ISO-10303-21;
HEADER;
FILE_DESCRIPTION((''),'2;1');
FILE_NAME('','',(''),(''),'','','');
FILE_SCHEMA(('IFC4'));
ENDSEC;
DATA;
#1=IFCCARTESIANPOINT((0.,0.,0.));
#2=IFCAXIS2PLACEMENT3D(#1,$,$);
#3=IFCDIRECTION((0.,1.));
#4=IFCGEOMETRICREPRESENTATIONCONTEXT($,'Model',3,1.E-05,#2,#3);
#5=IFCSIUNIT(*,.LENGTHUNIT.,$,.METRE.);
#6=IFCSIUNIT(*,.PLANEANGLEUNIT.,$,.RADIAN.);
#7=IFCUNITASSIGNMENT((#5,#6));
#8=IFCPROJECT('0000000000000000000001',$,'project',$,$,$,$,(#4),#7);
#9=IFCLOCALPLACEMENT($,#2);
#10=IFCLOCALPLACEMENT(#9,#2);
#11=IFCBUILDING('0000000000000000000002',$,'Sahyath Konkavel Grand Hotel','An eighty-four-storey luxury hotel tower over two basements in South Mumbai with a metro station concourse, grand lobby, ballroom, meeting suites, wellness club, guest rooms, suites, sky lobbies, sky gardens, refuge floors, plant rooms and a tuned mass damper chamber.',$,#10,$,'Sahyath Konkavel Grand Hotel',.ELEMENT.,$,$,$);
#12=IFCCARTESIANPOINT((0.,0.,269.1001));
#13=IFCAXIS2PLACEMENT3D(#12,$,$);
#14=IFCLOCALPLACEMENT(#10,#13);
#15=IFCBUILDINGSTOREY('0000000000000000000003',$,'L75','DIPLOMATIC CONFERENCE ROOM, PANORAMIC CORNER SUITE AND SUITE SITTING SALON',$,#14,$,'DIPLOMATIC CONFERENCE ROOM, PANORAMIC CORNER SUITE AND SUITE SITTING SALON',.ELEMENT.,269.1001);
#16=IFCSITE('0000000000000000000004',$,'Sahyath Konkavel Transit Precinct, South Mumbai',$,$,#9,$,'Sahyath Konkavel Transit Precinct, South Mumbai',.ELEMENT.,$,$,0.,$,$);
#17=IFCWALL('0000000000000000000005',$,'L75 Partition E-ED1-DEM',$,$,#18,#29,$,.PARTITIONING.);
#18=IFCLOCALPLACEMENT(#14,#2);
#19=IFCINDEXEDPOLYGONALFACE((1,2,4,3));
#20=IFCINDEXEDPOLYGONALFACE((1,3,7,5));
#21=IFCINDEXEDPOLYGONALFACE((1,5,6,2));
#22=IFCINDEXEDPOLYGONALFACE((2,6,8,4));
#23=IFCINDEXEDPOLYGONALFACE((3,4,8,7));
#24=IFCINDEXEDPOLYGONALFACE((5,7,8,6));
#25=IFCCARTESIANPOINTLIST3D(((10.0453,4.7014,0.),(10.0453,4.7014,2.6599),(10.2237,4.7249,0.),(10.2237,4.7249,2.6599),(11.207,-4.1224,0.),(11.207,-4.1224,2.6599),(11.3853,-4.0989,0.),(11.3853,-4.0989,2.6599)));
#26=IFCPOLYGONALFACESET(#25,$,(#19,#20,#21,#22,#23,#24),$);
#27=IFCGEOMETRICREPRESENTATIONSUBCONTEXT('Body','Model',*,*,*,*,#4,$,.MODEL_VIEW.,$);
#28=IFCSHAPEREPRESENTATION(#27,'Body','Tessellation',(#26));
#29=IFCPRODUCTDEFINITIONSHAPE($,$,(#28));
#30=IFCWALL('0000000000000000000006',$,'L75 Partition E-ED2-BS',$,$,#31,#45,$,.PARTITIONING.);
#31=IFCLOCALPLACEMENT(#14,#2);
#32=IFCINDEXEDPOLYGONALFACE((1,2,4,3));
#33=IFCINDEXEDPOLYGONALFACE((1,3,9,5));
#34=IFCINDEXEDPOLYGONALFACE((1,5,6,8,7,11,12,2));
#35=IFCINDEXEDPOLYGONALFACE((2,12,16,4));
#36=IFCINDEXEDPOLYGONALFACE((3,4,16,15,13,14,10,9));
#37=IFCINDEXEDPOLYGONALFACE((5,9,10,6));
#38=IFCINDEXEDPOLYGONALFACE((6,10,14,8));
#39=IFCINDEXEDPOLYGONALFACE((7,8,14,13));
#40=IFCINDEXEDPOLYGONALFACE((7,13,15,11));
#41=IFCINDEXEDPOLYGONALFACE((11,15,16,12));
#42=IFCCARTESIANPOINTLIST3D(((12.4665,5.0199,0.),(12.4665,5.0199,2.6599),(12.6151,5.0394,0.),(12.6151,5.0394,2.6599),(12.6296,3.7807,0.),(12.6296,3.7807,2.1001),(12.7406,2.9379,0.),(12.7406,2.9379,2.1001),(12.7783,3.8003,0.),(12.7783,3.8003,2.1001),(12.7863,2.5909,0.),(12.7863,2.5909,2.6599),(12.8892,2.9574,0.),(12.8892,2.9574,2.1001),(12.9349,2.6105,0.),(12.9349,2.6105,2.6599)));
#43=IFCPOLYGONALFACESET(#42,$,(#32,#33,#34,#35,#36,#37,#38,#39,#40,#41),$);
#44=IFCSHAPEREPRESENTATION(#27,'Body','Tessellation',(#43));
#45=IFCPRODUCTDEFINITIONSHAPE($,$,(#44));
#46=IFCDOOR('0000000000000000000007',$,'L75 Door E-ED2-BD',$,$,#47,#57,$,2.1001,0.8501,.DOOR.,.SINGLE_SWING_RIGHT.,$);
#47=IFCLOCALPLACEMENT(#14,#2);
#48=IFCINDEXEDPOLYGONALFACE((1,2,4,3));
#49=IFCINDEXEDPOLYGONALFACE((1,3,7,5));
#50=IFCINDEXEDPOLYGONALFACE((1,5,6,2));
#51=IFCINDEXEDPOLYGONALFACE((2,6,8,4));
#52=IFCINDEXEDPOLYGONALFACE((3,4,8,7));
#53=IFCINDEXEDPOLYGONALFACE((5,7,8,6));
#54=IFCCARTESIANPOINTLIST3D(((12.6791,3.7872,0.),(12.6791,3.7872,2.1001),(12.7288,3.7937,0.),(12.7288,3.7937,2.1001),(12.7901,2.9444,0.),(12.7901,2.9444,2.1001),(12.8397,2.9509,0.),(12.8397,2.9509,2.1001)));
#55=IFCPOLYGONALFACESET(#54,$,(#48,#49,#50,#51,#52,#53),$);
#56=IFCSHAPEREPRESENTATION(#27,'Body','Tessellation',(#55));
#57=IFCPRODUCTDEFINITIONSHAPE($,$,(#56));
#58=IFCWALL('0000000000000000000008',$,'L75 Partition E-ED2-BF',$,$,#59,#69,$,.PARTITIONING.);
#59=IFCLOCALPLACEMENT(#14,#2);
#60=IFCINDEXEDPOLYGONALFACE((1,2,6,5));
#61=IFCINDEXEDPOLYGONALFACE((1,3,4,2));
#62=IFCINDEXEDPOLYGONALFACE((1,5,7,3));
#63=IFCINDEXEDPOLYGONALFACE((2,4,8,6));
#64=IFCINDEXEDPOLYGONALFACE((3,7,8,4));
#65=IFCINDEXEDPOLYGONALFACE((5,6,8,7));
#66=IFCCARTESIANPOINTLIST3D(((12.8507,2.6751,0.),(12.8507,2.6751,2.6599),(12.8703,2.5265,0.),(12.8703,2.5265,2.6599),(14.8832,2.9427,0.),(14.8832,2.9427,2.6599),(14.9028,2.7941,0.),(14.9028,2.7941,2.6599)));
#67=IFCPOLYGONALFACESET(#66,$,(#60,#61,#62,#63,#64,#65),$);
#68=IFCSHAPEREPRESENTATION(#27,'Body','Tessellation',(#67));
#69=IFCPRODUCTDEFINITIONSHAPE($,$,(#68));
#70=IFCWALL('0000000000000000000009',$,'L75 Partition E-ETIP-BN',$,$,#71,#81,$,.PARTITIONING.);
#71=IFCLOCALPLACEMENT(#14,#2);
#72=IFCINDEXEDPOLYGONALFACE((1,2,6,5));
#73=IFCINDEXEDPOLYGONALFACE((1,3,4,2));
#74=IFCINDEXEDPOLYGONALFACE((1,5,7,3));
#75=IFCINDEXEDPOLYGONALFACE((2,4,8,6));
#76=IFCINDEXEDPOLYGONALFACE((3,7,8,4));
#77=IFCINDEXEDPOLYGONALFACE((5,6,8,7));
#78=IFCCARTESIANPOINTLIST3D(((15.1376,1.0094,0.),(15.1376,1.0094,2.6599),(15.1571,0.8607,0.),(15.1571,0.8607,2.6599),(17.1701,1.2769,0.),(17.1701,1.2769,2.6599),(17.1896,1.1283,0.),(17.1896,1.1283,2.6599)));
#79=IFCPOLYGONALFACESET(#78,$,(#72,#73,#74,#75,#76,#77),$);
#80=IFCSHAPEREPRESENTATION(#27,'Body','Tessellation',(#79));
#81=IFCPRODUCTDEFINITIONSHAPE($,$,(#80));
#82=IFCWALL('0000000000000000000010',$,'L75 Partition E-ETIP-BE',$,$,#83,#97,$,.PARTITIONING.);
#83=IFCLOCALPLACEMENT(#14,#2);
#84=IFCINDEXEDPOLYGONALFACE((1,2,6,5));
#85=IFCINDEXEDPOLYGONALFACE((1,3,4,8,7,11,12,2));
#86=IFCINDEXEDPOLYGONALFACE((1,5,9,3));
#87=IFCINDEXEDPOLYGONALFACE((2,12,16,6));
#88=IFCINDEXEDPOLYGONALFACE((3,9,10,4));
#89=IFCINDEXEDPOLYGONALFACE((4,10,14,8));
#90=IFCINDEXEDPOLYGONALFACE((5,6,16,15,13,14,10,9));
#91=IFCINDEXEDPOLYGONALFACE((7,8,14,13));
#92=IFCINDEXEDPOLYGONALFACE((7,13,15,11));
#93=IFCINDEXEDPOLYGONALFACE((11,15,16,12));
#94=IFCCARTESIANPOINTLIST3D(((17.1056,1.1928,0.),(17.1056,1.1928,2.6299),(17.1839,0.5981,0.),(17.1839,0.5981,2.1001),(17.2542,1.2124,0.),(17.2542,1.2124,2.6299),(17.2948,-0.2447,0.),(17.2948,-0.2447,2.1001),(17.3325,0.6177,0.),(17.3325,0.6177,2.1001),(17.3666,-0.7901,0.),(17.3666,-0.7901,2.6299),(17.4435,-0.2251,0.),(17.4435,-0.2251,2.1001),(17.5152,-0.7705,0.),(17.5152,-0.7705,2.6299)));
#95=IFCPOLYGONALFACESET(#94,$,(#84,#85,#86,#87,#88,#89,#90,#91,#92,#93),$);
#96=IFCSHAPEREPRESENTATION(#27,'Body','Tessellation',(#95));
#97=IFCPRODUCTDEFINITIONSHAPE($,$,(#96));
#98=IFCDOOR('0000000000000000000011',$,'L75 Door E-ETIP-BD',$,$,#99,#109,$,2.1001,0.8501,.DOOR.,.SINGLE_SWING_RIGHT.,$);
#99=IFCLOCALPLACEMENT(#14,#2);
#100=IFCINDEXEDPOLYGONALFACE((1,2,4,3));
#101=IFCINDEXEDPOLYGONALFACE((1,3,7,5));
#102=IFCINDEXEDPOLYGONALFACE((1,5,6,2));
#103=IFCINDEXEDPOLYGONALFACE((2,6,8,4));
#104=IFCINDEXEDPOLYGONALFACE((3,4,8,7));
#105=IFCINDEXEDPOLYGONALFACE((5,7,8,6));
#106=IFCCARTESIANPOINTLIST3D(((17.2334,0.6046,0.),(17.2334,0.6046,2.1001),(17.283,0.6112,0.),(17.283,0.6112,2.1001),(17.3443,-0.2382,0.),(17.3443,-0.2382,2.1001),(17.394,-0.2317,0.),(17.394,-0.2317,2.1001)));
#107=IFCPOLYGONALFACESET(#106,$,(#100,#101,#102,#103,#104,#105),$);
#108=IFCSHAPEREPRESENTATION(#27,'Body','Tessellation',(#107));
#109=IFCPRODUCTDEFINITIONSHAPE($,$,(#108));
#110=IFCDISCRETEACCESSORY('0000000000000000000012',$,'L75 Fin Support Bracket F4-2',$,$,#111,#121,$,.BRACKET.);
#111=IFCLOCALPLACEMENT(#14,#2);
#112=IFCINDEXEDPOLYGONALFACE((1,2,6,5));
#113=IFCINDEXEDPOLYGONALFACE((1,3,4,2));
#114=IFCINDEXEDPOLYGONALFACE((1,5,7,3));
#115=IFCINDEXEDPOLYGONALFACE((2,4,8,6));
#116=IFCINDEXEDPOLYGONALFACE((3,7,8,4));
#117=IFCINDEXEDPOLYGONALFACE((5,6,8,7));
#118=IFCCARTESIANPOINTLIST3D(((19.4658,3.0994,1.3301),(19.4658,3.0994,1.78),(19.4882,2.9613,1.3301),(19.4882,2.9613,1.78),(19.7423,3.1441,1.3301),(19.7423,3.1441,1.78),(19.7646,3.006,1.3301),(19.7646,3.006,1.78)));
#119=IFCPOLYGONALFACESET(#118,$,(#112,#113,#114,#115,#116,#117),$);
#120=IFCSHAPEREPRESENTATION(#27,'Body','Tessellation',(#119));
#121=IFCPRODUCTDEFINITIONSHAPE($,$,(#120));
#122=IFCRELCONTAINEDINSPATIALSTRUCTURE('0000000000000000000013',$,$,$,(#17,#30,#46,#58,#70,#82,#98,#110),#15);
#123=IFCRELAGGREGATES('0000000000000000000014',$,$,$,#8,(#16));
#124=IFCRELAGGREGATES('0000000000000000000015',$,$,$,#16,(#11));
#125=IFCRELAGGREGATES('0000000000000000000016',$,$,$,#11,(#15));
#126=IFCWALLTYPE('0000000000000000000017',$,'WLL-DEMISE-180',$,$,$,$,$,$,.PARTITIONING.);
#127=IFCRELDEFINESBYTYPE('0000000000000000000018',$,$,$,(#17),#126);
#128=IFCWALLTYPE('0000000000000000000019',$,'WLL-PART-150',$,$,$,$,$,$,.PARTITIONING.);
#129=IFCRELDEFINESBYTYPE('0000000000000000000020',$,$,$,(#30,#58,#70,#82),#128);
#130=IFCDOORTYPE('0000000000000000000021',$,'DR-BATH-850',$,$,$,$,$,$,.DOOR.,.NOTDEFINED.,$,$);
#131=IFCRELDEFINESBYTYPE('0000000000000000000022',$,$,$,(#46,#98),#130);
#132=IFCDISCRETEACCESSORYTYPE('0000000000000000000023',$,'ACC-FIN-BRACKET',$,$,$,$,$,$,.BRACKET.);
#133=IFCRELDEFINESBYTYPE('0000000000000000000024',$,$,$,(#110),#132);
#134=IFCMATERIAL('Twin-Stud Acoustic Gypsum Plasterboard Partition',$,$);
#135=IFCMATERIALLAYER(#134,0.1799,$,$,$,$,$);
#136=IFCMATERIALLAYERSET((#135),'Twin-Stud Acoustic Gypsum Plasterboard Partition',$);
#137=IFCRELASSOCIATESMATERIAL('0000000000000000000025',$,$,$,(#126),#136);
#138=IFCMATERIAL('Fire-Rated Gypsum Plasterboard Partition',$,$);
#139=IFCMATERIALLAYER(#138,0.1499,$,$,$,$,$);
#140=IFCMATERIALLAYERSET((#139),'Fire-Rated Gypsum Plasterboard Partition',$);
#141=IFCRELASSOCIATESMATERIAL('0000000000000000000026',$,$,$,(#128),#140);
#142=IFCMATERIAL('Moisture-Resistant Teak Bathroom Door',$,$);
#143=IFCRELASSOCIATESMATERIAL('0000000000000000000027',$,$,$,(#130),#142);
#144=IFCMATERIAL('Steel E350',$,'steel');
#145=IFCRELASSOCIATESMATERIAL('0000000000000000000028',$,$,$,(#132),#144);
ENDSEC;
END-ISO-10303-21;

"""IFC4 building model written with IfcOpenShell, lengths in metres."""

from ifc_helpers import new_model, si_unit, direction, frame, frame_2d, origin, origin_2d, place, context, subcontext, project, spatial, rectangle, extrude, source, transform, mapped, material, layer, layer_set, type_object, element, fill, save


model = new_model("IFC4")

# Units and contexts
model_context = context("Model", 3, precision=1e-05, world=origin(), true_north=direction((0.0, 1.0)))
body_context = subcontext(model_context, "Body", "Model", "MODEL_VIEW")
ifc_project = project(units=[si_unit("LENGTHUNIT", "METRE"), si_unit("PLANEANGLEUNIT", "RADIAN")], contexts=[model_context])

# Site, building, storey
site_placement = place(None, origin())
site = spatial("IfcSite", under=ifc_project, at=site_placement, Name="Sahyath Konkavel Transit Precinct, South Mumbai", LongName="Sahyath Konkavel Transit Precinct, South Mumbai", CompositionType="ELEMENT", RefElevation=0.0)
building_placement = place(site_placement, origin())
building = spatial("IfcBuilding", under=site, at=building_placement, Name="Sahyath Konkavel Grand Hotel", Description="An eighty-four-storey luxury hotel tower over two basements in South Mumbai with a metro station concourse, grand lobby, ballroom, meeting suites, wellness club, guest rooms, suites, sky lobbies, sky gardens, refuge floors, plant rooms and a tuned mass damper chamber.", LongName="Sahyath Konkavel Grand Hotel", CompositionType="ELEMENT")
storey_placement = place(building_placement, frame((0.0, 0.0, 269.1001)))
storey = spatial("IfcBuildingStorey", under=building, at=storey_placement, Name="L75", Description="DIPLOMATIC CONFERENCE ROOM, PANORAMIC CORNER SUITE AND SUITE SITTING SALON", LongName="DIPLOMATIC CONFERENCE ROOM, PANORAMIC CORNER SUITE AND SUITE SITTING SALON", CompositionType="ELEMENT", Elevation=269.1001)

# Shared definitions
ifc_material_1 = material(Name="Steel E350", Category="steel")

# Wall
ifc_material_2 = material(Name="Twin-Stud Acoustic Gypsum Plasterboard Partition")
ifc_layer_1 = layer(ifc_material_2, 0.1799)
ifc_layer_set_1 = layer_set([ifc_layer_1], Name="Twin-Stud Acoustic Gypsum Plasterboard Partition")
wall_type_1 = type_object("IfcWallType", Name="WLL-DEMISE-180", PredefinedType="PARTITIONING", material=ifc_layer_set_1)
wall_1_placement = place(storey_placement, frame((10.1345, 4.7131, 0.0), z_axis=(0.0, 0.0, 1.0), x_axis=(0.130521, -0.991446, 0.0)))
element("IfcWall", 1, at=wall_1_placement, inside=storey, type_object=wall_type_1, Name="L75 Partition E-ED1-DEM", PredefinedType="PARTITIONING", context=body_context, shape_type="SweptSolid", body=[
    extrude(rectangle(XDim=8.8999, YDim=0.1799, at=frame_2d((4.45, 0.0))), origin(), (0.0, 0.0, 1.0), 2.6599),
])

# Wall, opening, door
ifc_material_3 = material(Name="Fire-Rated Gypsum Plasterboard Partition")
ifc_layer_2 = layer(ifc_material_3, 0.1499)
ifc_layer_set_2 = layer_set([ifc_layer_2], Name="Fire-Rated Gypsum Plasterboard Partition")
wall_type_2 = type_object("IfcWallType", Name="WLL-PART-150", PredefinedType="PARTITIONING", material=ifc_layer_set_2)
wall_2_placement = place(storey_placement, frame((12.5408, 5.0298, 0.0), z_axis=(0.0, 0.0, 1.0), x_axis=(0.130545, -0.991442, 0.0)))
wall_2 = element("IfcWall", 2, at=wall_2_placement, inside=storey, type_object=wall_type_2, Name="L75 Partition E-ED2-BS", PredefinedType="PARTITIONING", context=body_context, shape_type="SweptSolid", body=[
    extrude(rectangle(XDim=2.45, YDim=0.1499, at=frame_2d((1.2251, 0.0))), origin(), (0.0, 0.0, 1.0), 2.6599),
])
opening_1_placement = place(wall_2_placement, frame((1.25, 0.0, 0.0)))
opening_1 = element("IfcOpeningElement", 3, at=opening_1_placement, cuts=wall_2, PredefinedType="OPENING", context=body_context, shape_type="SweptSolid", body=[
    extrude(rectangle(XDim=0.8501, YDim=2.1001, at=frame_2d((0.425, 1.05))), frame((0.0, 0.085, 0.0), z_axis=(0.0, -1.0, 0.0), x_axis=(1.0, 0.0, 0.0)), (0.0, 0.0, 1.0), 0.1699),
])
ifc_material_4 = material(Name="Moisture-Resistant Teak Bathroom Door")
door_type = type_object("IfcDoorType", Name="DR-BATH-850", OperationType="NOTDEFINED", PredefinedType="DOOR", material=ifc_material_4)
shared_shape_1 = source(origin(), body_context, "Body", "SweptSolid", [
    extrude(rectangle(XDim=0.8501, YDim=0.05, at=origin_2d()), origin(), (0.0, 0.0, 1.0), 2.1001),
])
door_1_placement = place(opening_1_placement, frame((0.425, 0.0, 0.0)))
door_1 = element("IfcDoor", 4, at=door_1_placement, inside=storey, type_object=door_type, Name="L75 Door E-ED2-BD", OperationType="SINGLE_SWING_RIGHT", OverallHeight=2.1001, OverallWidth=0.8501, PredefinedType="DOOR", context=body_context, shape_type="MappedRepresentation", body=[
    mapped(shared_shape_1, transform((0.0, 0.0, 0.0), scale=1.0)),
])
fill(opening_1, door_1)

# Walls
for number, where, z_axis, x_axis, name in (
    (5, (12.8606, 2.6008, 0.0), (0.0, 0.0, 1.0), (0.991445, 0.130525, 0.0), "L75 Partition E-ED2-BF"),
    (6, (15.1475, 0.9351, 0.0), (0.0, 0.0, 1.0), (0.991445, 0.130525, 0.0), "L75 Partition E-ETIP-BN"),
):
    element("IfcWall", number, at=place(storey_placement, frame(where, z_axis=z_axis, x_axis=x_axis)), inside=storey, type_object=wall_type_2, Name=name, PredefinedType="PARTITIONING", context=body_context, shape_type="SweptSolid", body=[
        extrude(rectangle(XDim=2.05, YDim=0.1499, at=frame_2d((1.0249, 0.0))), origin(), (0.0, 0.0, 1.0), 2.6599),
    ])

# Wall, opening, door
wall_3_placement = place(storey_placement, frame((17.4409, -0.7803, 0.0), z_axis=(0.0, 0.0, 1.0), x_axis=(-0.130492, 0.991449, 0.0)))
wall_3 = element("IfcWall", 7, at=wall_3_placement, inside=storey, type_object=wall_type_2, Name="L75 Partition E-ETIP-BE", PredefinedType="PARTITIONING", context=body_context, shape_type="SweptSolid", body=[
    extrude(rectangle(XDim=2.0, YDim=0.1499, at=frame_2d((1.0, 0.0))), origin(), (0.0, 0.0, 1.0), 2.6299),
])
opening_2_placement = place(wall_3_placement, frame((0.55, 0.0, 0.0)))
opening_2 = element("IfcOpeningElement", 8, at=opening_2_placement, cuts=wall_3, PredefinedType="OPENING", context=body_context, shape_type="SweptSolid", body=[
    extrude(rectangle(XDim=0.8501, YDim=2.1001, at=frame_2d((0.425, 1.05))), frame((0.0, 0.085, 0.0), z_axis=(0.0, -1.0, 0.0), x_axis=(1.0, 0.0, 0.0)), (0.0, 0.0, 1.0), 0.1699),
])
door_2_placement = place(opening_2_placement, frame((0.425, 0.0, 0.0)))
door_2 = element("IfcDoor", 9, at=door_2_placement, inside=storey, type_object=door_type, Name="L75 Door E-ETIP-BD", OperationType="SINGLE_SWING_RIGHT", OverallHeight=2.1001, OverallWidth=0.8501, PredefinedType="DOOR", context=body_context, shape_type="MappedRepresentation", body=[
    mapped(shared_shape_1, transform((0.0, 0.0, 0.0), scale=1.0)),
])
fill(opening_2, door_2)

# Discrete accessory
discrete_accessory_type = type_object("IfcDiscreteAccessoryType", Name="ACC-FIN-BRACKET", PredefinedType="BRACKET", material=ifc_material_1)
shared_shape_2 = source(origin(), body_context, "Body", "SweptSolid", [
    extrude(rectangle(XDim=0.28, YDim=0.1399, at=origin_2d()), origin(), (0.0, 0.0, 1.0), 0.45),
])
discrete_accessory_placement = place(storey_placement, frame((19.6152, 3.0527, 1.3301), z_axis=(0.0, 0.0, 1.0), x_axis=(0.987178, 0.159623, 0.0)))
element("IfcDiscreteAccessory", 10, at=discrete_accessory_placement, inside=storey, type_object=discrete_accessory_type, Name="L75 Fin Support Bracket F4-2", PredefinedType="BRACKET", context=body_context, shape_type="MappedRepresentation", body=[
    mapped(shared_shape_2, transform((0.0, 0.0, 0.0), scale=1.0)),
])

save(model, "model.ifc")
